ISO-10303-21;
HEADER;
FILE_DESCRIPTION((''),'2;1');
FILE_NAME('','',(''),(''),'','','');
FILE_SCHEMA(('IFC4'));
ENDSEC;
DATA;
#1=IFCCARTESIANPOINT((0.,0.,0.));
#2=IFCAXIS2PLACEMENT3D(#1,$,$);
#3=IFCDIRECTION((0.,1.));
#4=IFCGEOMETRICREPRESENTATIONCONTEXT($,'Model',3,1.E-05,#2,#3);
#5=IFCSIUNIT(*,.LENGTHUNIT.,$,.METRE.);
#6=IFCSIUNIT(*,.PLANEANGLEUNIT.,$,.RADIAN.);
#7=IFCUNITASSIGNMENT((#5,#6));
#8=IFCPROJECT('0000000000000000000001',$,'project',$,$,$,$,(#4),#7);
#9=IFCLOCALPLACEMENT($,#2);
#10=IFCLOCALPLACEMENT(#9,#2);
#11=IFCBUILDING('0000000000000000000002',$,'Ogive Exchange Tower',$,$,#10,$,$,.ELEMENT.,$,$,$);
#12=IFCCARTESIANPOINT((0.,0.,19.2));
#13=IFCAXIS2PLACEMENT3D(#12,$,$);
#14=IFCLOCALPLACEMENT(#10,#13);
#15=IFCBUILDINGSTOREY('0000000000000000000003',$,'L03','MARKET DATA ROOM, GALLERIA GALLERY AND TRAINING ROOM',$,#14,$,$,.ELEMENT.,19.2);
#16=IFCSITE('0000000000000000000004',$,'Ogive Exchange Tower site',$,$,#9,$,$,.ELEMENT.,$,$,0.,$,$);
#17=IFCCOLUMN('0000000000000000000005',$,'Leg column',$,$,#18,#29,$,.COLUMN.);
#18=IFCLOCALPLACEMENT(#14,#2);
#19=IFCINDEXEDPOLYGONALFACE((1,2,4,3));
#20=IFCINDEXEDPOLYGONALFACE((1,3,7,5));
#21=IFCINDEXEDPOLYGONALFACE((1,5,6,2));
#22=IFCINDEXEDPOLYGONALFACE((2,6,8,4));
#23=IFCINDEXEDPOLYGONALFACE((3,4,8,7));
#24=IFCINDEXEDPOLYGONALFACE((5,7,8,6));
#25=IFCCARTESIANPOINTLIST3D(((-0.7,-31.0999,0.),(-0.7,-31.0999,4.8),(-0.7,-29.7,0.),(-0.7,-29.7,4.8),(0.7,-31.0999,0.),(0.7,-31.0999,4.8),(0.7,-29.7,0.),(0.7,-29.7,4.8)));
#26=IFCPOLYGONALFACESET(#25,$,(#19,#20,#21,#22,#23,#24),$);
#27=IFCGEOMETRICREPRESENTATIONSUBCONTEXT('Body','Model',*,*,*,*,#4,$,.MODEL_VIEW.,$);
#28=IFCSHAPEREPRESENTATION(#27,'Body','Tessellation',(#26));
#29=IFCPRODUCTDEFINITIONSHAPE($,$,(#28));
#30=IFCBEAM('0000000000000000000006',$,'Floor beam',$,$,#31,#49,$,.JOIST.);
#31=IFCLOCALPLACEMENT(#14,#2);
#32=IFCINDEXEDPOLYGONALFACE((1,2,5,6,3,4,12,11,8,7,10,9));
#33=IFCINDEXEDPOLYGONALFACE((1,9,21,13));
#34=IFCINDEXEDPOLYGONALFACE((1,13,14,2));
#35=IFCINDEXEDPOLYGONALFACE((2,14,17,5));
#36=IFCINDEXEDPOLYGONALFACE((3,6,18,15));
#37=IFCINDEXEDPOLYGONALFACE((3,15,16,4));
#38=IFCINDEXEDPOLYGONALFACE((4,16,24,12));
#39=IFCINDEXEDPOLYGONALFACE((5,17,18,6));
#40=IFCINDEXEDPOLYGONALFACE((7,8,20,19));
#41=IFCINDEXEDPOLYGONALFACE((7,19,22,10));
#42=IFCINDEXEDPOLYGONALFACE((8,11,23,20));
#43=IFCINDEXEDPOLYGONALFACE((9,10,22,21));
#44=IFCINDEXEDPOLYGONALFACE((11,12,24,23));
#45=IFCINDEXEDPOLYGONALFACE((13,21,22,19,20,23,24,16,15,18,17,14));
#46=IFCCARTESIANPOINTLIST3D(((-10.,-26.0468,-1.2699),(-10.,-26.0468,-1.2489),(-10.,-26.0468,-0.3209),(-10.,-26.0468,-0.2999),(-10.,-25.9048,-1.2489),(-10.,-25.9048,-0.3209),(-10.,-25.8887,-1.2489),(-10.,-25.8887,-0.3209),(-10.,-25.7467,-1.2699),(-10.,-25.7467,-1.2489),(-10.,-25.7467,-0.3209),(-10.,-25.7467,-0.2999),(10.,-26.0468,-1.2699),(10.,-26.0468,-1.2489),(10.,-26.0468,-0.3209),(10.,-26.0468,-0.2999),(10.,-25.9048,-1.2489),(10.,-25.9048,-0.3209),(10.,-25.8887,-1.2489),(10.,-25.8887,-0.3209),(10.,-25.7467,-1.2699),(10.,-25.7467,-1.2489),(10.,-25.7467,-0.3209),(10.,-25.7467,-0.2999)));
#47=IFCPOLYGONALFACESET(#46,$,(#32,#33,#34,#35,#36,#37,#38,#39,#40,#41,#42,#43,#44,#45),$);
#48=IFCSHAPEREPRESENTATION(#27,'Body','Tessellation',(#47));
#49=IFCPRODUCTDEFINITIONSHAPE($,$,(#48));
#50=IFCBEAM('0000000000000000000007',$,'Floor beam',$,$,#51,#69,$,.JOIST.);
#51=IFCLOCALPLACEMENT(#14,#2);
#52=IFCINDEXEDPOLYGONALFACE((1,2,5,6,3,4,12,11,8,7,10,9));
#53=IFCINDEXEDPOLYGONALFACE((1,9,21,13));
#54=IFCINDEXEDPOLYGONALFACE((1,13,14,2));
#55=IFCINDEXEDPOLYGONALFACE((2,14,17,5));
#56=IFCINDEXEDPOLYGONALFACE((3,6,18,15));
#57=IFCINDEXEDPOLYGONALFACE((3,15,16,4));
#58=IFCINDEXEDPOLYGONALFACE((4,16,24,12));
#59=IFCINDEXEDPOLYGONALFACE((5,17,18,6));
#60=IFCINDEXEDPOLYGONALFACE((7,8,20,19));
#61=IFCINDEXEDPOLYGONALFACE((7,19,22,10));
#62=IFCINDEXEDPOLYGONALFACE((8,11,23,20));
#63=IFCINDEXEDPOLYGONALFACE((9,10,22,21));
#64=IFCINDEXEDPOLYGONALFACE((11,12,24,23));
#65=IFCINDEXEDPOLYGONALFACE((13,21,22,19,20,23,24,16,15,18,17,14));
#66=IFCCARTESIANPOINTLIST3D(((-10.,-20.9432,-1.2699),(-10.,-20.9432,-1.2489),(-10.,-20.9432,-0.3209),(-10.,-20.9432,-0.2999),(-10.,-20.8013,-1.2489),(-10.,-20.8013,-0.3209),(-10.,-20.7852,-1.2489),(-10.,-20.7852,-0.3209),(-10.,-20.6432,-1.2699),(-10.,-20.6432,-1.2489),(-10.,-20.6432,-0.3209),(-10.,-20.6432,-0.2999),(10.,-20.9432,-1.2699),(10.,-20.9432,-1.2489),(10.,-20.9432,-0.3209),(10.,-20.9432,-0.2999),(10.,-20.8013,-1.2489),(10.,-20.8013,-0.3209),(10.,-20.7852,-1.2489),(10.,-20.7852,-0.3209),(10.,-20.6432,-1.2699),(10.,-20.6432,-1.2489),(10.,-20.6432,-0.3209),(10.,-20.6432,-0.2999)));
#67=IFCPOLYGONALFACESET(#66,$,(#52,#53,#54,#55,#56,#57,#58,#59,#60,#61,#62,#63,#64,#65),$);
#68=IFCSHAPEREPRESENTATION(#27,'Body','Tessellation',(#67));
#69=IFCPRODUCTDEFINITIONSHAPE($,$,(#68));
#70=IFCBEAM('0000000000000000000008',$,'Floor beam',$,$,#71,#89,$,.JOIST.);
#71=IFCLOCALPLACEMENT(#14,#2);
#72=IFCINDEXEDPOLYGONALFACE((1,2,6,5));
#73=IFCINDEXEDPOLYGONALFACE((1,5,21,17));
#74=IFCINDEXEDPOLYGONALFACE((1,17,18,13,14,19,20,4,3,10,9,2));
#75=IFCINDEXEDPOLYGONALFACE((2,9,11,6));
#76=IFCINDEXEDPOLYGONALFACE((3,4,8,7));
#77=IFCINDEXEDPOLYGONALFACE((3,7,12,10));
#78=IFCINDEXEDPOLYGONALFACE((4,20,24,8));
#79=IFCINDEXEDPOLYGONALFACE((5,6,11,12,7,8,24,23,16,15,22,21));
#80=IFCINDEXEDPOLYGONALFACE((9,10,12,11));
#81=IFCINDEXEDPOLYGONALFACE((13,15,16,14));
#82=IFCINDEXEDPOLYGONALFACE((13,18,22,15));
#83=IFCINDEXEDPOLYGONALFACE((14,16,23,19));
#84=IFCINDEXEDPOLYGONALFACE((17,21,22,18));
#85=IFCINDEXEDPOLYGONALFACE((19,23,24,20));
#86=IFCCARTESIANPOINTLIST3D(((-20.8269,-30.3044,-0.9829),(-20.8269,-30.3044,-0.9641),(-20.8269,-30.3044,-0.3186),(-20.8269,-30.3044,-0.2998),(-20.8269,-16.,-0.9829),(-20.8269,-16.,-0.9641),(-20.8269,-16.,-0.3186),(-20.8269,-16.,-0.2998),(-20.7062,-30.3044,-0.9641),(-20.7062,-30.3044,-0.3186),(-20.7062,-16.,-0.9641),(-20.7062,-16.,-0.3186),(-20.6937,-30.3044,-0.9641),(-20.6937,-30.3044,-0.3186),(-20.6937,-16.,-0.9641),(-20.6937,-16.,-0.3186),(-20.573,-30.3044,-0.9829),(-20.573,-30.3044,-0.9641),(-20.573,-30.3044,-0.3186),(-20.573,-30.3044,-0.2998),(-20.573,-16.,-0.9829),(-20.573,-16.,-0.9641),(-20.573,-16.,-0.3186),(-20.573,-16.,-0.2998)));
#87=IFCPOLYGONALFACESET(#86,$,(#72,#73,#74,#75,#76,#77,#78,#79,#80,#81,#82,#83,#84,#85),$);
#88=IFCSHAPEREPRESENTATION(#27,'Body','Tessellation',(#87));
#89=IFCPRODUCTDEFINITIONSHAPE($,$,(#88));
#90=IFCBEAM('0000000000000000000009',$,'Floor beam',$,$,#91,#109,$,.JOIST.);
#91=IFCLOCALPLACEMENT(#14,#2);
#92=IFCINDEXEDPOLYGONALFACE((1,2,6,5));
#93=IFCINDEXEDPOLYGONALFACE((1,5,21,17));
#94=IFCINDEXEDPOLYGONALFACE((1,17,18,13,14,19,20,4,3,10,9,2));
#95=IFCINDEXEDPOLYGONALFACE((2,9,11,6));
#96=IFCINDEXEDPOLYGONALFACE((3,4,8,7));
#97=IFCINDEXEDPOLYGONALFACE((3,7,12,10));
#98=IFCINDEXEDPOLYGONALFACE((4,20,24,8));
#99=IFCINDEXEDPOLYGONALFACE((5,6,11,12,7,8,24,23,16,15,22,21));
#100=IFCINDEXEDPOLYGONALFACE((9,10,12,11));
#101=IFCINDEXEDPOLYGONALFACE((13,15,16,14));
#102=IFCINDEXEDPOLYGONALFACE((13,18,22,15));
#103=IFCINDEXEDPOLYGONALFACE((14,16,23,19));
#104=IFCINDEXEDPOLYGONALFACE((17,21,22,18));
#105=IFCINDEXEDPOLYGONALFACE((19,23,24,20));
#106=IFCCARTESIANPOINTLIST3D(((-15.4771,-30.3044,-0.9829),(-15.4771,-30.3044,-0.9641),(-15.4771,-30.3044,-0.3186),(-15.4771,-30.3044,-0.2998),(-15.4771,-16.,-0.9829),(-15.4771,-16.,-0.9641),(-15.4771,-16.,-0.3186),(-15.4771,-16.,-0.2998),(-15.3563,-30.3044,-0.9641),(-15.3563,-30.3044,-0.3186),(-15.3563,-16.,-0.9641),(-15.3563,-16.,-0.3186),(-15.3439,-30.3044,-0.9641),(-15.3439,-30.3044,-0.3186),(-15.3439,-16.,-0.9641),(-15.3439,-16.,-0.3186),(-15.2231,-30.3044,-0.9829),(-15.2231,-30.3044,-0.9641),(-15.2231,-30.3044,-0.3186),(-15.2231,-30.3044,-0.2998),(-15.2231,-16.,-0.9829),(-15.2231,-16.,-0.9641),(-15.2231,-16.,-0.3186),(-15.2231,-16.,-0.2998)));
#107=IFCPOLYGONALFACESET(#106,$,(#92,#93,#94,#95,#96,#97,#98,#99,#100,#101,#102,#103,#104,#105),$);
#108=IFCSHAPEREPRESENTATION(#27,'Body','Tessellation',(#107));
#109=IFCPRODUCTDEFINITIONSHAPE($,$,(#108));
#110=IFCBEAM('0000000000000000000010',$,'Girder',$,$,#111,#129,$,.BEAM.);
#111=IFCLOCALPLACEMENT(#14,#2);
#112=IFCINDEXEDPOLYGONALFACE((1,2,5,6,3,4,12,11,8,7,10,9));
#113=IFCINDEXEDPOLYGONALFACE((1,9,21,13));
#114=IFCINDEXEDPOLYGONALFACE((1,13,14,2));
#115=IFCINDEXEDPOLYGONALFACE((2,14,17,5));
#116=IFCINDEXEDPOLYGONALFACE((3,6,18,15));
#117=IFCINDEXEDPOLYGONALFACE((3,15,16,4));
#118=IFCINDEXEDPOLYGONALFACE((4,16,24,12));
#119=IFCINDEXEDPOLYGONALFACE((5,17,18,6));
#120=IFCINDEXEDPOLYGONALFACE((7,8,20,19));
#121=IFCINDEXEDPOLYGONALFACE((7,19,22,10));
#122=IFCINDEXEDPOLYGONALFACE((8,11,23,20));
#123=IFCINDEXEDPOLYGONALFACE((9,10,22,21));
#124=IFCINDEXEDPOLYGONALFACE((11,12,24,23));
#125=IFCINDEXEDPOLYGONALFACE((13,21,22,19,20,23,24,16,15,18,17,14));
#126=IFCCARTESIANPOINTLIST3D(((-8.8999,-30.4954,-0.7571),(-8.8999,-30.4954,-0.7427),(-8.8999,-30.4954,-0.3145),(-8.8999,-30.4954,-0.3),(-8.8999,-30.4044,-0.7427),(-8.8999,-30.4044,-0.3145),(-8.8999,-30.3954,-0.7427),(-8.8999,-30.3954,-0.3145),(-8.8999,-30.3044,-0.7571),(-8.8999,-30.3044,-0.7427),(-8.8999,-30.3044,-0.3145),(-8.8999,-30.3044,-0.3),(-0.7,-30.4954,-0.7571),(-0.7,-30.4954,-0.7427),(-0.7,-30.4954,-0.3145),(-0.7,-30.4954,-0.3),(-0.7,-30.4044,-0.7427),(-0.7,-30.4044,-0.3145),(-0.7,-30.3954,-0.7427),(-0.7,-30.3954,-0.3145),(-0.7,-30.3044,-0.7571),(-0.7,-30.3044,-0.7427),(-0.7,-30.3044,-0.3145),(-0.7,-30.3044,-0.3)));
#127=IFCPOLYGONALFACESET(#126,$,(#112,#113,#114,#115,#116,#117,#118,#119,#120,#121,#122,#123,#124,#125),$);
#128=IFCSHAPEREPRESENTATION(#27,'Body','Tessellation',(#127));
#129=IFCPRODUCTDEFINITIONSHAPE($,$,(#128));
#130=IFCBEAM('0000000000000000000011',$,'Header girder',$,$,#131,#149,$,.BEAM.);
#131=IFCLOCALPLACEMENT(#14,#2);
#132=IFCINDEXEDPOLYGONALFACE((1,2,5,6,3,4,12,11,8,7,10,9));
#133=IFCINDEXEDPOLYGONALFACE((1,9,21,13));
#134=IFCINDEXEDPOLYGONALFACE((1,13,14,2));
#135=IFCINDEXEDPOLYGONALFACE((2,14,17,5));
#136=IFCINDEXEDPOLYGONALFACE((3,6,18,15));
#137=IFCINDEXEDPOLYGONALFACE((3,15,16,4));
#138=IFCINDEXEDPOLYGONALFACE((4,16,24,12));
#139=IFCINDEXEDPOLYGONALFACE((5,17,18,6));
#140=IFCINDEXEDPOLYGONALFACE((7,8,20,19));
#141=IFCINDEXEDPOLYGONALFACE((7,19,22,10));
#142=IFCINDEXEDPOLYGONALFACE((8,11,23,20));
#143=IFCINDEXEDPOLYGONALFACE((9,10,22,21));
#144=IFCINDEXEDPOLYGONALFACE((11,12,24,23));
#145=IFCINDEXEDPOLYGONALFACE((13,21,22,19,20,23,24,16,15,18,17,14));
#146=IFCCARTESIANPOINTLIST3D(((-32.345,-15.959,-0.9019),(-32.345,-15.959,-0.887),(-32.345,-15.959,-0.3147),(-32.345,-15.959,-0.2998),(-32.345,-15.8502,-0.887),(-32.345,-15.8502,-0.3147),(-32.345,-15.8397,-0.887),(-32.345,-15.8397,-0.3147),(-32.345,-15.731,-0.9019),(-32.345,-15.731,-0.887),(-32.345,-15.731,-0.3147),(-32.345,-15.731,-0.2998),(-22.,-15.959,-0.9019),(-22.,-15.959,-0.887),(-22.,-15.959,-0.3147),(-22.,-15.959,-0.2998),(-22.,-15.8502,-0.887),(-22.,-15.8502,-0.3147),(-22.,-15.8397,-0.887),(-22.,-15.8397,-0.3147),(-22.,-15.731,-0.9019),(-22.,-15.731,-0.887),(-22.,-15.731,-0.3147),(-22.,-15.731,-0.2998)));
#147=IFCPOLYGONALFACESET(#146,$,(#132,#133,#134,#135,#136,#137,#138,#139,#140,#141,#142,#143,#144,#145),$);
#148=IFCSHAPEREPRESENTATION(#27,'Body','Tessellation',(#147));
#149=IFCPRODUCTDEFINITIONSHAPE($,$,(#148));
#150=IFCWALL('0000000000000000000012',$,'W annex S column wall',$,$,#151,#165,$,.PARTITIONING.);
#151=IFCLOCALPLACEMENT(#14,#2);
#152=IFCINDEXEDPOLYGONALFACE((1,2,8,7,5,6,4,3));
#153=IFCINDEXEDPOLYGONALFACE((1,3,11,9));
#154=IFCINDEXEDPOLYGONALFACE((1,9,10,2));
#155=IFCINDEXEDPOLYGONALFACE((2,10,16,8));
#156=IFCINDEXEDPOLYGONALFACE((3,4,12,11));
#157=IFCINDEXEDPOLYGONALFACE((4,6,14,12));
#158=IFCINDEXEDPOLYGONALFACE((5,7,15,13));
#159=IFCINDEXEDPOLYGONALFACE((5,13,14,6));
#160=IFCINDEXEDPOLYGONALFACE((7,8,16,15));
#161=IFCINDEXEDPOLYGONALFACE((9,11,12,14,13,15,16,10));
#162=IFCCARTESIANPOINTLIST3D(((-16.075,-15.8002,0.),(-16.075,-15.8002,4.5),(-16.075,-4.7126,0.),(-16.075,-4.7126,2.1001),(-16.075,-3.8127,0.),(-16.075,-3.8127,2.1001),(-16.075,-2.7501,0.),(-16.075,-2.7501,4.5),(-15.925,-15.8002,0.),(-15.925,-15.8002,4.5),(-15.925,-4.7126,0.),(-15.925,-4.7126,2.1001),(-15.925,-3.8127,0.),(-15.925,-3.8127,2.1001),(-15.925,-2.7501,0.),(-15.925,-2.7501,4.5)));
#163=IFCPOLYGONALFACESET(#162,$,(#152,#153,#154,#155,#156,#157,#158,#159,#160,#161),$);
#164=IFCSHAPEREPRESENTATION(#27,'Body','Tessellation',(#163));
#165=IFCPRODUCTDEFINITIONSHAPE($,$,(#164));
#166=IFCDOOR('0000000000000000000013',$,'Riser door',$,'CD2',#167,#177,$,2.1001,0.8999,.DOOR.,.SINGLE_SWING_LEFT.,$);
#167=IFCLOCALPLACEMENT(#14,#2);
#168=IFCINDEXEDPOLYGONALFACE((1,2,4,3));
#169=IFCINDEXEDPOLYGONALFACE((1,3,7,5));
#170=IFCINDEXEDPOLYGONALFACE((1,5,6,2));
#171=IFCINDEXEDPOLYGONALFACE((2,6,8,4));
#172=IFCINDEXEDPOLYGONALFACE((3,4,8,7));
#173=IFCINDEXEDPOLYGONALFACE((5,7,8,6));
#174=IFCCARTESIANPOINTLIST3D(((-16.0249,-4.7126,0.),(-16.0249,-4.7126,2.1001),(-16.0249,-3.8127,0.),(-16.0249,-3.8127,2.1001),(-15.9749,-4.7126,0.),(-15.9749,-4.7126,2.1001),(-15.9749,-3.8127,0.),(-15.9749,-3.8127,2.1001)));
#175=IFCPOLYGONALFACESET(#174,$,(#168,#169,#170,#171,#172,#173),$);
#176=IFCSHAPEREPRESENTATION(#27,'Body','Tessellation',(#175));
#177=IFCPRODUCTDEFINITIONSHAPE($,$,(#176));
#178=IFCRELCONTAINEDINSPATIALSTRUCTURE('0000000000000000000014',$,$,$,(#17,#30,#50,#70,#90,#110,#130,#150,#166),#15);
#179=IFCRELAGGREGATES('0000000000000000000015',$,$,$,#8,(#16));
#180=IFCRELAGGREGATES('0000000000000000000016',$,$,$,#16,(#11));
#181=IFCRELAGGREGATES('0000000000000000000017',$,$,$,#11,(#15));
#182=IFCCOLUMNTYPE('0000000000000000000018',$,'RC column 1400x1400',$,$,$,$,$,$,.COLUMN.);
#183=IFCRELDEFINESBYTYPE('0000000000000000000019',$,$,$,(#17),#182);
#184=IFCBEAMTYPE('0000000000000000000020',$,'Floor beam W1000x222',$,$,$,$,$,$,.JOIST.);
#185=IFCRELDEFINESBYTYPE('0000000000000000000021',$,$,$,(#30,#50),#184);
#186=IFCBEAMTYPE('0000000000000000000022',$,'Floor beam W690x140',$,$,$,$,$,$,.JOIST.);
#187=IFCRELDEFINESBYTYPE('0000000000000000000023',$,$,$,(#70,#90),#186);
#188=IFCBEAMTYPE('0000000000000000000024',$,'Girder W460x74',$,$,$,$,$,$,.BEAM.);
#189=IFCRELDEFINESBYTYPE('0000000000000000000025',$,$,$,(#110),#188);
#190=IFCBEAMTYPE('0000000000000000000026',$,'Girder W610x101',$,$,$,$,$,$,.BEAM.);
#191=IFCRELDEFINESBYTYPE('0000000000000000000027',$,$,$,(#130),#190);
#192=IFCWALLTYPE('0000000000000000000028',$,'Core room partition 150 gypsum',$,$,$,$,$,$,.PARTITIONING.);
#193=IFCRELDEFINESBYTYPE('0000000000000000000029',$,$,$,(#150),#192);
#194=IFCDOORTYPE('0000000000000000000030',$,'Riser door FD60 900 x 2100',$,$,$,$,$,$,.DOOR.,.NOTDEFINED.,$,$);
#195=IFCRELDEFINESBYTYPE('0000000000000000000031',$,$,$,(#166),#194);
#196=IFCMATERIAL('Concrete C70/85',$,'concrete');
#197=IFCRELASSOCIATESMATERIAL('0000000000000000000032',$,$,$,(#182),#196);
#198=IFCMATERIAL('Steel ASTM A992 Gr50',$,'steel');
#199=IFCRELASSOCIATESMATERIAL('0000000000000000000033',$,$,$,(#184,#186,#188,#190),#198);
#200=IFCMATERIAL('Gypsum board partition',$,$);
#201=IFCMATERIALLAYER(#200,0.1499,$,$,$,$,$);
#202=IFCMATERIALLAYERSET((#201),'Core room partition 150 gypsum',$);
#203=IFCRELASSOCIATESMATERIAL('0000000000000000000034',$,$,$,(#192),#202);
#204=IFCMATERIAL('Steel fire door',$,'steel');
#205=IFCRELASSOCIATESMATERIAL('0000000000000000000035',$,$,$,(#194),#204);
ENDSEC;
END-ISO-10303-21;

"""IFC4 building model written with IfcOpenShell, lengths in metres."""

from ifc_helpers import new_model, si_unit, direction, frame, frame_2d, origin, origin_2d, place, context, subcontext, project, spatial, rectangle, i_section, extrude, material, layer, layer_set, material_profile, profile_set, type_object, element, fill, save


model = new_model("IFC4")

# Units and contexts
model_context = context("Model", 3, precision=1e-05, world=origin(), true_north=direction((0.0, 1.0)))
body_context = subcontext(model_context, "Body", "Model", "MODEL_VIEW")
ifc_project = project(units=[si_unit("LENGTHUNIT", "METRE"), si_unit("PLANEANGLEUNIT", "RADIAN")], contexts=[model_context])

# Site, building, storey
site_placement = place(None, origin())
site = spatial("IfcSite", under=ifc_project, at=site_placement, Name="Ogive Exchange Tower site", CompositionType="ELEMENT", RefElevation=0.0)
building_placement = place(site_placement, origin())
building = spatial("IfcBuilding", under=site, at=building_placement, Name="Ogive Exchange Tower", CompositionType="ELEMENT")
storey_placement = place(building_placement, frame((0.0, 0.0, 19.2)))
storey = spatial("IfcBuildingStorey", under=building, at=storey_placement, Name="L03", Description="MARKET DATA ROOM, GALLERIA GALLERY AND TRAINING ROOM", CompositionType="ELEMENT", Elevation=19.2)

# Column
ifc_material_1 = material(Name="Concrete C70/85", Category="concrete")
ifc_material_profile_1 = material_profile(ifc_material_1, rectangle(XDim=1.3999, YDim=1.3999, at=origin_2d()), Name="RC 1400x1400")
ifc_profile_set_1 = profile_set([ifc_material_profile_1], Name="Concrete C70/85")
column_type = type_object("IfcColumnType", Name="RC column 1400x1400", PredefinedType="COLUMN", material=ifc_profile_set_1)
column_placement = place(storey_placement, frame((0.0, -30.3999, 0.0), z_axis=(0.0, 0.0, 1.0), x_axis=(1.0, 0.0, 0.0)))
element("IfcColumn", 1, at=column_placement, inside=storey, type_object=column_type, Name="Leg column", PredefinedType="COLUMN", context=body_context, shape_type="SweptSolid", body=[
    extrude(rectangle(XDim=1.3999, YDim=1.3999, at=origin_2d()), origin(), (0.0, 0.0, 1.0), 4.8),
])

# Beams
ifc_material_2 = material(Name="Steel ASTM A992 Gr50", Category="steel")
ifc_material_profile_2 = material_profile(ifc_material_2, i_section(OverallWidth=0.3, OverallDepth=0.97, WebThickness=0.0161, FlangeThickness=0.021, at=origin_2d()), Name="W1000x222")
ifc_profile_set_2 = profile_set([ifc_material_profile_2], Name="Steel ASTM A992 Gr50")
beam_type_1 = type_object("IfcBeamType", Name="Floor beam W1000x222", PredefinedType="JOIST", material=ifc_profile_set_2)
for number, where, z_axis, x_axis, name in (
    (2, (-10.0, -25.8967, -0.7849), (1.0, 0.0, 0.0), (0.0, 1.0, 0.0), "Floor beam"),
    (3, (-10.0, -20.7932, -0.7849), (1.0, 0.0, 0.0), (0.0, 1.0, 0.0), "Floor beam"),
):
    element("IfcBeam", number, at=place(storey_placement, frame(where, z_axis=z_axis, x_axis=x_axis)), inside=storey, type_object=beam_type_1, Name=name, PredefinedType="JOIST", context=body_context, shape_type="SweptSolid", body=[
        extrude(i_section(OverallWidth=0.3, OverallDepth=0.97, WebThickness=0.0161, FlangeThickness=0.021, at=origin_2d()), origin(), (0.0, 0.0, 1.0), 20.0),
    ])
ifc_material_profile_3 = material_profile(ifc_material_2, i_section(OverallWidth=0.2539, OverallDepth=0.6831, WebThickness=0.0125, FlangeThickness=0.0188, at=origin_2d()), Name="W690x140")
ifc_profile_set_3 = profile_set([ifc_material_profile_3], Name="Steel ASTM A992 Gr50")
beam_type_2 = type_object("IfcBeamType", Name="Floor beam W690x140", PredefinedType="JOIST", material=ifc_profile_set_3)
for number, where, z_axis, x_axis, name in (
    (4, (-20.7, -30.3044, -0.6414), (0.0, 1.0, 0.0), (-1.0, 0.0, 0.0), "Floor beam"),
    (5, (-15.3501, -30.3044, -0.6414), (0.0, 1.0, 0.0), (-1.0, 0.0, 0.0), "Floor beam"),
):
    element("IfcBeam", number, at=place(storey_placement, frame(where, z_axis=z_axis, x_axis=x_axis)), inside=storey, type_object=beam_type_2, Name=name, PredefinedType="JOIST", context=body_context, shape_type="SweptSolid", body=[
        extrude(i_section(OverallWidth=0.2539, OverallDepth=0.6831, WebThickness=0.0125, FlangeThickness=0.0188, at=origin_2d()), origin(), (0.0, 0.0, 1.0), 14.3044),
    ])
ifc_material_profile_4 = material_profile(ifc_material_2, i_section(OverallWidth=0.1909, OverallDepth=0.457, WebThickness=0.009, FlangeThickness=0.0144, at=origin_2d()), Name="W460x74")
ifc_profile_set_4 = profile_set([ifc_material_profile_4], Name="Steel ASTM A992 Gr50")
beam_type_3 = type_object("IfcBeamType", Name="Girder W460x74", PredefinedType="BEAM", material=ifc_profile_set_4)
beam_1_placement = place(storey_placement, frame((-8.8999, -30.3999, -0.5286), z_axis=(1.0, 0.0, 0.0), x_axis=(0.0, 1.0, 0.0)))
element("IfcBeam", 6, at=beam_1_placement, inside=storey, type_object=beam_type_3, Name="Girder", PredefinedType="BEAM", context=body_context, shape_type="SweptSolid", body=[
    extrude(i_section(OverallWidth=0.1909, OverallDepth=0.457, WebThickness=0.009, FlangeThickness=0.0144, at=origin_2d()), origin(), (0.0, 0.0, 1.0), 8.2),
])
ifc_material_profile_5 = material_profile(ifc_material_2, i_section(OverallWidth=0.228, OverallDepth=0.6021, WebThickness=0.0105, FlangeThickness=0.0149, at=origin_2d()), Name="W610x101")
ifc_profile_set_5 = profile_set([ifc_material_profile_5], Name="Steel ASTM A992 Gr50")
beam_type_4 = type_object("IfcBeamType", Name="Girder W610x101", PredefinedType="BEAM", material=ifc_profile_set_5)
beam_2_placement = place(storey_placement, frame((-22.0, -15.845, -0.6008), z_axis=(-1.0, 0.0, 0.0), x_axis=(0.0, -1.0, 0.0)))
element("IfcBeam", 7, at=beam_2_placement, inside=storey, type_object=beam_type_4, Name="Header girder", PredefinedType="BEAM", context=body_context, shape_type="SweptSolid", body=[
    extrude(i_section(OverallWidth=0.228, OverallDepth=0.6021, WebThickness=0.0105, FlangeThickness=0.0149, at=origin_2d()), origin(), (0.0, 0.0, 1.0), 10.345),
])

# Wall, opening, door
ifc_material_3 = material(Name="Gypsum board partition")
ifc_layer_1 = layer(ifc_material_3, 0.1499)
ifc_layer_set_1 = layer_set([ifc_layer_1], Name="Core room partition 150 gypsum")
wall_type_1 = type_object("IfcWallType", Name="Core room partition 150 gypsum", PredefinedType="PARTITIONING", material=ifc_layer_set_1)
wall_1_placement = place(storey_placement, frame((-16.0, -15.8, 0.0), z_axis=(0.0, 0.0, 1.0), x_axis=(0.0, 1.0, 0.0)))
wall_1 = element("IfcWall", 8, at=wall_1_placement, inside=storey, type_object=wall_type_1, Name="W annex S column wall", PredefinedType="PARTITIONING", context=body_context, shape_type="SweptSolid", body=[
    extrude(rectangle(XDim=13.05, YDim=0.1499, at=frame_2d((6.5249, 0.0))), origin(), (0.0, 0.0, 1.0), 4.5),
])
opening_1_placement = place(wall_1_placement, frame((11.0874, 0.0, 0.0)))
opening_1 = element("IfcOpeningElement", 9, at=opening_1_placement, cuts=wall_1, PredefinedType="OPENING", context=body_context, shape_type="SweptSolid", body=[
    extrude(rectangle(XDim=0.8999, YDim=2.1001, at=frame_2d((0.45, 1.05))), frame((0.0, 0.085, 0.0), z_axis=(0.0, -1.0, 0.0), x_axis=(1.0, 0.0, 0.0)), (0.0, 0.0, 1.0), 0.1699),
])
ifc_material_4 = material(Name="Steel fire door", Category="steel")
door_type_1 = type_object("IfcDoorType", Name="Riser door FD60 900 x 2100", OperationType="NOTDEFINED", PredefinedType="DOOR", material=ifc_material_4)
door_1_placement = place(opening_1_placement, origin())
door_1 = element("IfcDoor", 10, at=door_1_placement, inside=storey, type_object=door_type_1, Name="Riser door", ObjectType="CD2", OperationType="SINGLE_SWING_LEFT", OverallHeight=2.1001, OverallWidth=0.8999, PredefinedType="DOOR", context=body_context, shape_type="SweptSolid", body=[
    extrude(rectangle(XDim=0.8999, YDim=2.1001, at=frame_2d((0.45, 1.05))), frame((0.0, 0.0249, 0.0), z_axis=(0.0, -1.0, 0.0), x_axis=(1.0, 0.0, 0.0)), (0.0, 0.0, 1.0), 0.05),
])
fill(opening_1, door_1)

save(model, "model.ifc")
